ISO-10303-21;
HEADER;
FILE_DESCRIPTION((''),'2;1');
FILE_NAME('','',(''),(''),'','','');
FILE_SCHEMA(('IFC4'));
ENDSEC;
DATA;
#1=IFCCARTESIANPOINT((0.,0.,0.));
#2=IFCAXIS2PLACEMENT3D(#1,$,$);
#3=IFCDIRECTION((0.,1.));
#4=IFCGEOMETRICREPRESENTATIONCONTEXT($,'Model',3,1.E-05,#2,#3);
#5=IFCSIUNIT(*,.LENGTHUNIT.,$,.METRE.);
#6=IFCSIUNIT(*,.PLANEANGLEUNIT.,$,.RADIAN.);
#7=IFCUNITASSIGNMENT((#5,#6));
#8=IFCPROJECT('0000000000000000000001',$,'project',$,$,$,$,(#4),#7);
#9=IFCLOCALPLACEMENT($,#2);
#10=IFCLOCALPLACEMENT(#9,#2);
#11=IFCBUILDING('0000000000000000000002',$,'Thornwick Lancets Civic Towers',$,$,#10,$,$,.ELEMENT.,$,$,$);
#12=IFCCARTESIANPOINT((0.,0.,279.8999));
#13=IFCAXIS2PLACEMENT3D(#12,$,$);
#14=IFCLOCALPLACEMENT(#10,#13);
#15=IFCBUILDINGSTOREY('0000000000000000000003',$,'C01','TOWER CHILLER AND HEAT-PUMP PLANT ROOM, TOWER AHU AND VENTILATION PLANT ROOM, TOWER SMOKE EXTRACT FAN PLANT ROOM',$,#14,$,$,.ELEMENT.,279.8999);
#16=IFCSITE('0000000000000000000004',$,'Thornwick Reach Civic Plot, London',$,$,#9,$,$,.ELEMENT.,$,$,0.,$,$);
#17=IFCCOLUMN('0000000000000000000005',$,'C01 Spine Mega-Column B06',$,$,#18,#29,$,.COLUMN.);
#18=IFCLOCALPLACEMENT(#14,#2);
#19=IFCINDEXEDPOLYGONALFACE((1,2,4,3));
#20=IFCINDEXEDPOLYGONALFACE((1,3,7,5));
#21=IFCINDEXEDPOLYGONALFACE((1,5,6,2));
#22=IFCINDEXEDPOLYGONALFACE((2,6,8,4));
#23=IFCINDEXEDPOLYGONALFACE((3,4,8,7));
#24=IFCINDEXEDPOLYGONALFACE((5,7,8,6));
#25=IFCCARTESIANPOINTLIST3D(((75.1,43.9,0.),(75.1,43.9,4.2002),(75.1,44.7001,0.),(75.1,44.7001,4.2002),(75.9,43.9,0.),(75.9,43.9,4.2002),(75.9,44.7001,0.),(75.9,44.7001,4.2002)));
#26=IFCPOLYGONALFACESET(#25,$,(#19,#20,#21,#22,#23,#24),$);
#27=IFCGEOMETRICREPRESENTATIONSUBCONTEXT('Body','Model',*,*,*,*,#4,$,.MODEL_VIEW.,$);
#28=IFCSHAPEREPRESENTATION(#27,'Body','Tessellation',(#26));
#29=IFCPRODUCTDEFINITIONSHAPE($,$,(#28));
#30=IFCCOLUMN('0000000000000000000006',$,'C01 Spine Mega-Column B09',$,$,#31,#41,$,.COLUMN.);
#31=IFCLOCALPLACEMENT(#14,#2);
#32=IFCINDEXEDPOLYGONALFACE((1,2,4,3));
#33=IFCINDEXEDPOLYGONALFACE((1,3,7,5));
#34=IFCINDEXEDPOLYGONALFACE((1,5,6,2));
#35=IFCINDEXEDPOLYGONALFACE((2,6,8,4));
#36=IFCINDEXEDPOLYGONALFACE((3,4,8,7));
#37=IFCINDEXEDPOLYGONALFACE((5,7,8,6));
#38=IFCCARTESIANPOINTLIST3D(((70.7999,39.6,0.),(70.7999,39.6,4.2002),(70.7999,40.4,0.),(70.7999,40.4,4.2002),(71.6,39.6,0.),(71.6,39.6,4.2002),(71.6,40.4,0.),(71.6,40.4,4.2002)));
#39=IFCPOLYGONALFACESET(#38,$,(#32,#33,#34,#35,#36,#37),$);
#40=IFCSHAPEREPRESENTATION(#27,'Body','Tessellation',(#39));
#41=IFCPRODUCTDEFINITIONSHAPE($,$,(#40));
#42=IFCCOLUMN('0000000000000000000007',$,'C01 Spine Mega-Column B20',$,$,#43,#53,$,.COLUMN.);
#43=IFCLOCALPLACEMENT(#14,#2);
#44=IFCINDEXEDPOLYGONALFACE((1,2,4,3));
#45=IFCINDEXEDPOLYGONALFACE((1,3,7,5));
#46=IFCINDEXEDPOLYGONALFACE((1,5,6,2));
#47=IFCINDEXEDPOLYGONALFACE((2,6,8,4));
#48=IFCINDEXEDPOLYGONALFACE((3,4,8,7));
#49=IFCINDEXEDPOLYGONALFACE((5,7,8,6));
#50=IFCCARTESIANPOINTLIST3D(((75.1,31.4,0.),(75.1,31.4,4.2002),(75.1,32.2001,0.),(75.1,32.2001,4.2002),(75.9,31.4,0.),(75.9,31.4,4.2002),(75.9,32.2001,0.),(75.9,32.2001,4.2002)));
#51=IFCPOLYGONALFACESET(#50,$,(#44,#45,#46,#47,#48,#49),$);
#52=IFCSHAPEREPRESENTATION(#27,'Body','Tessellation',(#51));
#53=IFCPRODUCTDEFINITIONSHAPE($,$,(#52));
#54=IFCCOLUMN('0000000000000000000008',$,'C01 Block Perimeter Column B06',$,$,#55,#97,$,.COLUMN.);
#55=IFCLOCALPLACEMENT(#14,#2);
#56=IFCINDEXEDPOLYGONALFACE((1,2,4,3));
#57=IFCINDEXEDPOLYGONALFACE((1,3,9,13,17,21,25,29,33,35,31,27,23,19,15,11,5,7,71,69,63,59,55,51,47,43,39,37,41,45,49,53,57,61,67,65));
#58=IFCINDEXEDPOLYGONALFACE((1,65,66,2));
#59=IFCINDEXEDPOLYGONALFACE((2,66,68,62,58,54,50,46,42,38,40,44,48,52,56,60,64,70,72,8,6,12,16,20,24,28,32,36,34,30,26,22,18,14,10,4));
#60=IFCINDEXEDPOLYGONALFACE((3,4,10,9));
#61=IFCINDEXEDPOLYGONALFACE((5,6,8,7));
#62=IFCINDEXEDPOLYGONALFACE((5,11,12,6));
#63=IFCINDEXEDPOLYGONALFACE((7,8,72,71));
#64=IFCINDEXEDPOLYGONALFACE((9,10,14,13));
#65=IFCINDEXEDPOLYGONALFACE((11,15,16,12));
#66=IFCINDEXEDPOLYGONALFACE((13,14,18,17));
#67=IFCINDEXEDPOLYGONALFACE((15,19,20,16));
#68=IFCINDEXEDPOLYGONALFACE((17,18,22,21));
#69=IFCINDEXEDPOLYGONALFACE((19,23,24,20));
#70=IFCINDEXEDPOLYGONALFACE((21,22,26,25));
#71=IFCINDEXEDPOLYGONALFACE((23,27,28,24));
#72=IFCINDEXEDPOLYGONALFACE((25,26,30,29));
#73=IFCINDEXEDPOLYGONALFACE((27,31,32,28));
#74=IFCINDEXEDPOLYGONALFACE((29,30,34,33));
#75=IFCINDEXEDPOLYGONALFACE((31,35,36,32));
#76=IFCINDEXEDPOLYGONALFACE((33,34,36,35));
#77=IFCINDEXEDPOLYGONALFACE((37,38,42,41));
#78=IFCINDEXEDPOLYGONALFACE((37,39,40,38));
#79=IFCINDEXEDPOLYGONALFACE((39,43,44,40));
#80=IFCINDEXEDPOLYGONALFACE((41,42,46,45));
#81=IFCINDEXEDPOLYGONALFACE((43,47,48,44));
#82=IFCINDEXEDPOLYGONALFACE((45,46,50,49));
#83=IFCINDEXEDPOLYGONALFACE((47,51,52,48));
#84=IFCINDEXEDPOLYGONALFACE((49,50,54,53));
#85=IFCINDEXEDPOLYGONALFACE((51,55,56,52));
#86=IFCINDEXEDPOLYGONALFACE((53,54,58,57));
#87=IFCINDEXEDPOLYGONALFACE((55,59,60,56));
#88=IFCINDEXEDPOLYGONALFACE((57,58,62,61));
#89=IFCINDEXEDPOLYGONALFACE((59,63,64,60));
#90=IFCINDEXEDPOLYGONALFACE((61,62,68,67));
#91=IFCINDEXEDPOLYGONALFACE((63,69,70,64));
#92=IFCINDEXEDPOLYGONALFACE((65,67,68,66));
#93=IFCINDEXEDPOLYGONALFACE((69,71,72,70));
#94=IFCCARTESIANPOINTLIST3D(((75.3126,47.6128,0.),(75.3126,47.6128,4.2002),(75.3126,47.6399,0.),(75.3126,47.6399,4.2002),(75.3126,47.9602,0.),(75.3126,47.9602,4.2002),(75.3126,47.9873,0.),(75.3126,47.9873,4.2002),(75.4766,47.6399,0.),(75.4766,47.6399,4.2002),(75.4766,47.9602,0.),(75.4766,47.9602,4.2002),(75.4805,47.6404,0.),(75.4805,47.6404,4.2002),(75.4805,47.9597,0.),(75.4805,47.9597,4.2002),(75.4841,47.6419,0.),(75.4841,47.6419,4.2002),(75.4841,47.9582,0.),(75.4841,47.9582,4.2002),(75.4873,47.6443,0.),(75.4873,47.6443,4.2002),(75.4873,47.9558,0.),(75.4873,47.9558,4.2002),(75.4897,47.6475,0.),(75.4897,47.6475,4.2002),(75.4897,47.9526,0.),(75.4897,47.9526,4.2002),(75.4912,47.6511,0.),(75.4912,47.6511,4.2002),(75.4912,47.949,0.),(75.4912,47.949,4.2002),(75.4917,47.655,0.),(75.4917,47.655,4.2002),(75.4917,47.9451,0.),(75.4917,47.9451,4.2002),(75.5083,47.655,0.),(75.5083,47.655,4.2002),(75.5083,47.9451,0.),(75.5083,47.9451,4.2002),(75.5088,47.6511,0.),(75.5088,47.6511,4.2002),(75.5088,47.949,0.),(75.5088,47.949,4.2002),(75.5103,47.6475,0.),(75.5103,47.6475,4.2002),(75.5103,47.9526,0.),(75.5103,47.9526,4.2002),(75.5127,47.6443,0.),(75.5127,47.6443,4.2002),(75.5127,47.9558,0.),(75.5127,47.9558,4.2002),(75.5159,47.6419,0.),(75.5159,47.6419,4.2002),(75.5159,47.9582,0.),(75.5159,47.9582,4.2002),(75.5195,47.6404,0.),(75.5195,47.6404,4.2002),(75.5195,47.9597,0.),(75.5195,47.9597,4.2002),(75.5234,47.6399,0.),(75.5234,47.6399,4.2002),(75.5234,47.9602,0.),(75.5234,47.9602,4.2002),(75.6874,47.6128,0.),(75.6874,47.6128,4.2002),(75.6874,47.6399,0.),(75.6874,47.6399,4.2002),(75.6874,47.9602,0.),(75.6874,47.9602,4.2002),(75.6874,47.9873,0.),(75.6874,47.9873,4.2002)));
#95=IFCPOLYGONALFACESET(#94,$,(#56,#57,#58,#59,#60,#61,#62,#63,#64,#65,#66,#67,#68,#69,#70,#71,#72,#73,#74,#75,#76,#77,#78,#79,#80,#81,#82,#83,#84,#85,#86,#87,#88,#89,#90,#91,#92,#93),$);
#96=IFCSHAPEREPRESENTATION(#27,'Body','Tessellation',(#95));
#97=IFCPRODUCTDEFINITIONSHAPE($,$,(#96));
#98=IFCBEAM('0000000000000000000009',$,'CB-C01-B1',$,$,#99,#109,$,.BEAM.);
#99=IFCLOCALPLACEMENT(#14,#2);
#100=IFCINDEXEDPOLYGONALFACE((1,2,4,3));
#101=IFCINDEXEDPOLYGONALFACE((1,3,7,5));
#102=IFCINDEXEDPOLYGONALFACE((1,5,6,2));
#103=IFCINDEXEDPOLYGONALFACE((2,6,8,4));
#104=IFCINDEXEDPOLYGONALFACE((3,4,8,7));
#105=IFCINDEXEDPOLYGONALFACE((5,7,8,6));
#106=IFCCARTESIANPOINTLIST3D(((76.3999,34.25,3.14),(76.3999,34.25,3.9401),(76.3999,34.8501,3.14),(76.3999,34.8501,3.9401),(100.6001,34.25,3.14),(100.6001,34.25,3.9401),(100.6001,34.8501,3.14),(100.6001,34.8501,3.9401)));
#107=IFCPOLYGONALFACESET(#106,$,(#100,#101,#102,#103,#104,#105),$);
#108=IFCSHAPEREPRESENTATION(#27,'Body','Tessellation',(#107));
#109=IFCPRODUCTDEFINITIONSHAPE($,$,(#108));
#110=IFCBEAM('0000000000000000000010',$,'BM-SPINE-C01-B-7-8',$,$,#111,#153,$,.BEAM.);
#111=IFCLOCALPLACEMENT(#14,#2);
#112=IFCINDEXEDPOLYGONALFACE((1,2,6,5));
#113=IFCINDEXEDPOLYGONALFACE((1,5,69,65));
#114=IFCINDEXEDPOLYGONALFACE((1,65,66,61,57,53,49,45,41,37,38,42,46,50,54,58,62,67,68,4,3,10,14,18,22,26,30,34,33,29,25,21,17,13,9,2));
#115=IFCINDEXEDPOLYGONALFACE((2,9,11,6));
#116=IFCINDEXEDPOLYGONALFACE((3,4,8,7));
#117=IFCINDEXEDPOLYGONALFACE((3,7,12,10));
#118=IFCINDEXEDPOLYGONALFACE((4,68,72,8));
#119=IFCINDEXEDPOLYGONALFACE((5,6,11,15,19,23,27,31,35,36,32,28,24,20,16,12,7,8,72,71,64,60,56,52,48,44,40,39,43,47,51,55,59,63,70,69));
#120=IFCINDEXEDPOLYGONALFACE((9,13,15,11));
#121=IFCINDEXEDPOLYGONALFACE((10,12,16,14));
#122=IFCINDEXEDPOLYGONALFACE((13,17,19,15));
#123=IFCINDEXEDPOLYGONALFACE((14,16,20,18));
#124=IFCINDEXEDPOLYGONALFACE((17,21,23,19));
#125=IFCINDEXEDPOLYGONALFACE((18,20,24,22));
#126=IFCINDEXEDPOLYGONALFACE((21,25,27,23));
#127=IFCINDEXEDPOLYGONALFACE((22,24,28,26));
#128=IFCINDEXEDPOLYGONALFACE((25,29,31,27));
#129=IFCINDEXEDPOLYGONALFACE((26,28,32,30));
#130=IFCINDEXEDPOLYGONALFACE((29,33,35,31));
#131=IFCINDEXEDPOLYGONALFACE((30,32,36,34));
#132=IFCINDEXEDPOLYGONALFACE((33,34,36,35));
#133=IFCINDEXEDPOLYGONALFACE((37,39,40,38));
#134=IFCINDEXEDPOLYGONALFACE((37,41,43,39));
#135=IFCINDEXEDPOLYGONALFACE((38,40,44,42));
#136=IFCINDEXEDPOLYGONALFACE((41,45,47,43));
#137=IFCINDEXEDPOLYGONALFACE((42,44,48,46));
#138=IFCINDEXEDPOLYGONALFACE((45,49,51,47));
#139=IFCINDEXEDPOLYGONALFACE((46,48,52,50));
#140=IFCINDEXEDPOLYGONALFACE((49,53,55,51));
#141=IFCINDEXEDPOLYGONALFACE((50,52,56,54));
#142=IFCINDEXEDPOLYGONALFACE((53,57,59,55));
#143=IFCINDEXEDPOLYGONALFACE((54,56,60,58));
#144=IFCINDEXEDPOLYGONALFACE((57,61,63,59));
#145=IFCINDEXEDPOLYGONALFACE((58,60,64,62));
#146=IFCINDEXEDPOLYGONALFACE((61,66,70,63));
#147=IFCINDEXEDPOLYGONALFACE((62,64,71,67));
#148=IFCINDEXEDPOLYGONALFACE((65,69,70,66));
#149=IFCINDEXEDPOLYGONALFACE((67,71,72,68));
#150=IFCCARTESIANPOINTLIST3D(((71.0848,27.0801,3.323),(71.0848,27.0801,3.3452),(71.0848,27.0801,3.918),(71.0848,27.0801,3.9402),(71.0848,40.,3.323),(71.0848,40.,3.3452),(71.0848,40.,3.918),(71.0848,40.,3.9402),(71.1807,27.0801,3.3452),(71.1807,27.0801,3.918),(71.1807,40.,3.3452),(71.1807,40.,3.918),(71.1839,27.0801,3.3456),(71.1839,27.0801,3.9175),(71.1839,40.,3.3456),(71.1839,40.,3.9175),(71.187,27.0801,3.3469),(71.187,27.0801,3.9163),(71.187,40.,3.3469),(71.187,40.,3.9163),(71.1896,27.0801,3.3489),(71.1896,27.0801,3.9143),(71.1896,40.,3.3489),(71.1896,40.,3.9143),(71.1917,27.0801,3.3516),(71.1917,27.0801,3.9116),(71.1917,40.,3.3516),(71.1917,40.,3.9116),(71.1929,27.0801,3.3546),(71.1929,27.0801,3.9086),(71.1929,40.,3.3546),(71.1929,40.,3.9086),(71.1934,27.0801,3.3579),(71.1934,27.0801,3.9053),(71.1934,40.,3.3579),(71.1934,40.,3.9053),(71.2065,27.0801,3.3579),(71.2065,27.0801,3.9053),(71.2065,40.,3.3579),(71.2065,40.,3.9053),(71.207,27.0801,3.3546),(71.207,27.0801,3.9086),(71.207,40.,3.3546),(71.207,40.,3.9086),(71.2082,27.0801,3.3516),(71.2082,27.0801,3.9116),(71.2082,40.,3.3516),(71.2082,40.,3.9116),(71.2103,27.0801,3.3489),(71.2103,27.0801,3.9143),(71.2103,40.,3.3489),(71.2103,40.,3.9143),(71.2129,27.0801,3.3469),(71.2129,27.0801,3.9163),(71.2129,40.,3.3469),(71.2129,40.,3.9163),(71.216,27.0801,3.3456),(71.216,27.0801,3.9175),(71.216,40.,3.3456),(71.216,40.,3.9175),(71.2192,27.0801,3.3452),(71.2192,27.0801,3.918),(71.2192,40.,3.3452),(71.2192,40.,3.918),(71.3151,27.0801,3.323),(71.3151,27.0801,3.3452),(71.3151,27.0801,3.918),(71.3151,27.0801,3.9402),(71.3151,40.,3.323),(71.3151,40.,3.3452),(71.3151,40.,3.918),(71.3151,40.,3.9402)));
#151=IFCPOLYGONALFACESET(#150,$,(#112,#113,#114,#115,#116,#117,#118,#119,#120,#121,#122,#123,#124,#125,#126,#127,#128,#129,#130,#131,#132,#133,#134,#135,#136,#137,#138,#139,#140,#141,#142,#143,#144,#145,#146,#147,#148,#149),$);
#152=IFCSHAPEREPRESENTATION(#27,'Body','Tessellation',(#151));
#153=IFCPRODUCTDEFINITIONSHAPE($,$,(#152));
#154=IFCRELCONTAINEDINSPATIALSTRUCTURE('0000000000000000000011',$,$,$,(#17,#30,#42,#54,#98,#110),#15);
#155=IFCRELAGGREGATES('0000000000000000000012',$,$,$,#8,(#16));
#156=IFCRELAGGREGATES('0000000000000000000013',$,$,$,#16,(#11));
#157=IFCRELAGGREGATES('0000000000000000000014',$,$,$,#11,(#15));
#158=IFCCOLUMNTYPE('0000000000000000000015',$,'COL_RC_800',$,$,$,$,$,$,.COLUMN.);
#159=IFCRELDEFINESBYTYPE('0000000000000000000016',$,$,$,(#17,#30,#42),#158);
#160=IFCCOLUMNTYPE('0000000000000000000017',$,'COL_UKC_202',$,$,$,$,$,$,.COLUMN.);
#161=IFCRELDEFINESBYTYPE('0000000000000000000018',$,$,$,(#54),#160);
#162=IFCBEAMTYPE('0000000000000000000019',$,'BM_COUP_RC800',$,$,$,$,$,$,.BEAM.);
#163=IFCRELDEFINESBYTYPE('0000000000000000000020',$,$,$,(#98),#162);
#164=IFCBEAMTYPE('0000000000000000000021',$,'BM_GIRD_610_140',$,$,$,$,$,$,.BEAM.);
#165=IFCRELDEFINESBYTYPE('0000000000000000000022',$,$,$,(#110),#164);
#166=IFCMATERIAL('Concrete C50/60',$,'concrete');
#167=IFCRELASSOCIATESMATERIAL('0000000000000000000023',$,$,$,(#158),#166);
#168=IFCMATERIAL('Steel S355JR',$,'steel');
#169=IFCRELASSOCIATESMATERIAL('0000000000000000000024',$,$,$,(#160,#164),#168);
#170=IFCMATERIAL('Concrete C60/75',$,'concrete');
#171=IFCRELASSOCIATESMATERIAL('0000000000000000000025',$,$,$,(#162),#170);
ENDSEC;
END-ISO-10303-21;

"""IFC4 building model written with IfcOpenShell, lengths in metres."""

from ifc_helpers import new_model, si_unit, direction, frame, origin, origin_2d, place, context, subcontext, project, spatial, rectangle, i_section, extrude, material, material_profile, profile_set, type_object, element, save


model = new_model("IFC4")

# Units and contexts
model_context = context("Model", 3, precision=1e-05, world=origin(), true_north=direction((0.0, 1.0)))
body_context = subcontext(model_context, "Body", "Model", "MODEL_VIEW")
ifc_project = project(units=[si_unit("LENGTHUNIT", "METRE"), si_unit("PLANEANGLEUNIT", "RADIAN")], contexts=[model_context])

# Site, building, storey
site_placement = place(None, origin())
site = spatial("IfcSite", under=ifc_project, at=site_placement, Name="Thornwick Reach Civic Plot, London", CompositionType="ELEMENT", RefElevation=0.0)
building_placement = place(site_placement, origin())
building = spatial("IfcBuilding", under=site, at=building_placement, Name="Thornwick Lancets Civic Towers", CompositionType="ELEMENT")
storey_placement = place(building_placement, frame((0.0, 0.0, 279.8999)))
storey = spatial("IfcBuildingStorey", under=building, at=storey_placement, Name="C01", Description="TOWER CHILLER AND HEAT-PUMP PLANT ROOM, TOWER AHU AND VENTILATION PLANT ROOM, TOWER SMOKE EXTRACT FAN PLANT ROOM", CompositionType="ELEMENT", Elevation=279.8999)

# Columns
ifc_material_1 = material(Name="Concrete C50/60", Category="concrete")
ifc_material_profile_1 = material_profile(ifc_material_1, rectangle(XDim=0.8, YDim=0.8, at=origin_2d()), Name="RC 800x800")
ifc_profile_set_1 = profile_set([ifc_material_profile_1], Name="Concrete C50/60")
column_type_1 = type_object("IfcColumnType", Name="COL_RC_800", PredefinedType="COLUMN", material=ifc_profile_set_1)
for number, where, z_axis, x_axis, name in (
    (1, (75.5, 44.3, 0.0), (0.0, 0.0, 1.0), (1.0, 0.0, 0.0), "C01 Spine Mega-Column B06"),
    (2, (71.2, 40.0, 0.0), (0.0, 0.0, 1.0), (1.0, 0.0, 0.0), "C01 Spine Mega-Column B09"),
    (3, (75.5, 31.8, 0.0), (0.0, 0.0, 1.0), (1.0, 0.0, 0.0), "C01 Spine Mega-Column B20"),
):
    element("IfcColumn", number, at=place(storey_placement, frame(where, z_axis=z_axis, x_axis=x_axis)), inside=storey, type_object=column_type_1, Name=name, PredefinedType="COLUMN", context=body_context, shape_type="SweptSolid", body=[
        extrude(rectangle(XDim=0.8, YDim=0.8, at=origin_2d()), origin(), (0.0, 0.0, 1.0), 4.2002),
    ])
ifc_material_2 = material(Name="Steel S355JR", Category="steel")
ifc_material_profile_2 = material_profile(ifc_material_2, i_section(OverallWidth=0.3748, OverallDepth=0.3745, WebThickness=0.0166, FlangeThickness=0.0271, FilletRadius=0.0151, at=origin_2d()), Name="UKC 356x368x202")
ifc_profile_set_2 = profile_set([ifc_material_profile_2], Name="Steel S355JR")
column_type_2 = type_object("IfcColumnType", Name="COL_UKC_202", PredefinedType="COLUMN", material=ifc_profile_set_2)
column_placement = place(storey_placement, frame((75.5, 47.8, 0.0), z_axis=(0.0, 0.0, 1.0), x_axis=(1.0, 0.0, 0.0)))
element("IfcColumn", 4, at=column_placement, inside=storey, type_object=column_type_2, Name="C01 Block Perimeter Column B06", PredefinedType="COLUMN", context=body_context, shape_type="SweptSolid", body=[
    extrude(i_section(OverallWidth=0.3748, OverallDepth=0.3745, WebThickness=0.0166, FlangeThickness=0.0271, FilletRadius=0.0151, at=origin_2d()), origin(), (0.0, 0.0, 1.0), 4.2002),
])

# Beams
ifc_material_3 = material(Name="Concrete C60/75", Category="concrete")
ifc_material_profile_3 = material_profile(ifc_material_3, rectangle(XDim=0.6001, YDim=0.8, at=origin_2d()), Name="RC 600x800")
ifc_profile_set_3 = profile_set([ifc_material_profile_3], Name="Concrete C60/75")
beam_type_1 = type_object("IfcBeamType", Name="BM_COUP_RC800", PredefinedType="BEAM", material=ifc_profile_set_3)
beam_1_placement = place(storey_placement, frame((76.3999, 34.55, 3.54), z_axis=(1.0, 0.0, 0.0), x_axis=(0.0, 1.0, 0.0)))
element("IfcBeam", 5, at=beam_1_placement, inside=storey, type_object=beam_type_1, Name="CB-C01-B1", PredefinedType="BEAM", context=body_context, shape_type="SweptSolid", body=[
    extrude(rectangle(XDim=0.6001, YDim=0.8, at=origin_2d()), origin(), (0.0, 0.0, 1.0), 24.2002),
])
ifc_material_profile_4 = material_profile(ifc_material_2, i_section(OverallWidth=0.2302, OverallDepth=0.6172, WebThickness=0.0132, FlangeThickness=0.0222, FilletRadius=0.0127, at=origin_2d()), Name="UKB 610x229x140")
ifc_profile_set_4 = profile_set([ifc_material_profile_4], Name="Steel S355JR")
beam_type_2 = type_object("IfcBeamType", Name="BM_GIRD_610_140", PredefinedType="BEAM", material=ifc_profile_set_4)
beam_2_placement = place(storey_placement, frame((71.2, 27.0801, 3.6316), z_axis=(0.0, 1.0, 0.0), x_axis=(-1.0, 0.0, 0.0)))
element("IfcBeam", 6, at=beam_2_placement, inside=storey, type_object=beam_type_2, Name="BM-SPINE-C01-B-7-8", PredefinedType="BEAM", context=body_context, shape_type="SweptSolid", body=[
    extrude(i_section(OverallWidth=0.2302, OverallDepth=0.6172, WebThickness=0.0132, FlangeThickness=0.0222, FilletRadius=0.0127, at=origin_2d()), origin(), (0.0, 0.0, 1.0), 12.9199),
])

save(model, "model.ifc")
